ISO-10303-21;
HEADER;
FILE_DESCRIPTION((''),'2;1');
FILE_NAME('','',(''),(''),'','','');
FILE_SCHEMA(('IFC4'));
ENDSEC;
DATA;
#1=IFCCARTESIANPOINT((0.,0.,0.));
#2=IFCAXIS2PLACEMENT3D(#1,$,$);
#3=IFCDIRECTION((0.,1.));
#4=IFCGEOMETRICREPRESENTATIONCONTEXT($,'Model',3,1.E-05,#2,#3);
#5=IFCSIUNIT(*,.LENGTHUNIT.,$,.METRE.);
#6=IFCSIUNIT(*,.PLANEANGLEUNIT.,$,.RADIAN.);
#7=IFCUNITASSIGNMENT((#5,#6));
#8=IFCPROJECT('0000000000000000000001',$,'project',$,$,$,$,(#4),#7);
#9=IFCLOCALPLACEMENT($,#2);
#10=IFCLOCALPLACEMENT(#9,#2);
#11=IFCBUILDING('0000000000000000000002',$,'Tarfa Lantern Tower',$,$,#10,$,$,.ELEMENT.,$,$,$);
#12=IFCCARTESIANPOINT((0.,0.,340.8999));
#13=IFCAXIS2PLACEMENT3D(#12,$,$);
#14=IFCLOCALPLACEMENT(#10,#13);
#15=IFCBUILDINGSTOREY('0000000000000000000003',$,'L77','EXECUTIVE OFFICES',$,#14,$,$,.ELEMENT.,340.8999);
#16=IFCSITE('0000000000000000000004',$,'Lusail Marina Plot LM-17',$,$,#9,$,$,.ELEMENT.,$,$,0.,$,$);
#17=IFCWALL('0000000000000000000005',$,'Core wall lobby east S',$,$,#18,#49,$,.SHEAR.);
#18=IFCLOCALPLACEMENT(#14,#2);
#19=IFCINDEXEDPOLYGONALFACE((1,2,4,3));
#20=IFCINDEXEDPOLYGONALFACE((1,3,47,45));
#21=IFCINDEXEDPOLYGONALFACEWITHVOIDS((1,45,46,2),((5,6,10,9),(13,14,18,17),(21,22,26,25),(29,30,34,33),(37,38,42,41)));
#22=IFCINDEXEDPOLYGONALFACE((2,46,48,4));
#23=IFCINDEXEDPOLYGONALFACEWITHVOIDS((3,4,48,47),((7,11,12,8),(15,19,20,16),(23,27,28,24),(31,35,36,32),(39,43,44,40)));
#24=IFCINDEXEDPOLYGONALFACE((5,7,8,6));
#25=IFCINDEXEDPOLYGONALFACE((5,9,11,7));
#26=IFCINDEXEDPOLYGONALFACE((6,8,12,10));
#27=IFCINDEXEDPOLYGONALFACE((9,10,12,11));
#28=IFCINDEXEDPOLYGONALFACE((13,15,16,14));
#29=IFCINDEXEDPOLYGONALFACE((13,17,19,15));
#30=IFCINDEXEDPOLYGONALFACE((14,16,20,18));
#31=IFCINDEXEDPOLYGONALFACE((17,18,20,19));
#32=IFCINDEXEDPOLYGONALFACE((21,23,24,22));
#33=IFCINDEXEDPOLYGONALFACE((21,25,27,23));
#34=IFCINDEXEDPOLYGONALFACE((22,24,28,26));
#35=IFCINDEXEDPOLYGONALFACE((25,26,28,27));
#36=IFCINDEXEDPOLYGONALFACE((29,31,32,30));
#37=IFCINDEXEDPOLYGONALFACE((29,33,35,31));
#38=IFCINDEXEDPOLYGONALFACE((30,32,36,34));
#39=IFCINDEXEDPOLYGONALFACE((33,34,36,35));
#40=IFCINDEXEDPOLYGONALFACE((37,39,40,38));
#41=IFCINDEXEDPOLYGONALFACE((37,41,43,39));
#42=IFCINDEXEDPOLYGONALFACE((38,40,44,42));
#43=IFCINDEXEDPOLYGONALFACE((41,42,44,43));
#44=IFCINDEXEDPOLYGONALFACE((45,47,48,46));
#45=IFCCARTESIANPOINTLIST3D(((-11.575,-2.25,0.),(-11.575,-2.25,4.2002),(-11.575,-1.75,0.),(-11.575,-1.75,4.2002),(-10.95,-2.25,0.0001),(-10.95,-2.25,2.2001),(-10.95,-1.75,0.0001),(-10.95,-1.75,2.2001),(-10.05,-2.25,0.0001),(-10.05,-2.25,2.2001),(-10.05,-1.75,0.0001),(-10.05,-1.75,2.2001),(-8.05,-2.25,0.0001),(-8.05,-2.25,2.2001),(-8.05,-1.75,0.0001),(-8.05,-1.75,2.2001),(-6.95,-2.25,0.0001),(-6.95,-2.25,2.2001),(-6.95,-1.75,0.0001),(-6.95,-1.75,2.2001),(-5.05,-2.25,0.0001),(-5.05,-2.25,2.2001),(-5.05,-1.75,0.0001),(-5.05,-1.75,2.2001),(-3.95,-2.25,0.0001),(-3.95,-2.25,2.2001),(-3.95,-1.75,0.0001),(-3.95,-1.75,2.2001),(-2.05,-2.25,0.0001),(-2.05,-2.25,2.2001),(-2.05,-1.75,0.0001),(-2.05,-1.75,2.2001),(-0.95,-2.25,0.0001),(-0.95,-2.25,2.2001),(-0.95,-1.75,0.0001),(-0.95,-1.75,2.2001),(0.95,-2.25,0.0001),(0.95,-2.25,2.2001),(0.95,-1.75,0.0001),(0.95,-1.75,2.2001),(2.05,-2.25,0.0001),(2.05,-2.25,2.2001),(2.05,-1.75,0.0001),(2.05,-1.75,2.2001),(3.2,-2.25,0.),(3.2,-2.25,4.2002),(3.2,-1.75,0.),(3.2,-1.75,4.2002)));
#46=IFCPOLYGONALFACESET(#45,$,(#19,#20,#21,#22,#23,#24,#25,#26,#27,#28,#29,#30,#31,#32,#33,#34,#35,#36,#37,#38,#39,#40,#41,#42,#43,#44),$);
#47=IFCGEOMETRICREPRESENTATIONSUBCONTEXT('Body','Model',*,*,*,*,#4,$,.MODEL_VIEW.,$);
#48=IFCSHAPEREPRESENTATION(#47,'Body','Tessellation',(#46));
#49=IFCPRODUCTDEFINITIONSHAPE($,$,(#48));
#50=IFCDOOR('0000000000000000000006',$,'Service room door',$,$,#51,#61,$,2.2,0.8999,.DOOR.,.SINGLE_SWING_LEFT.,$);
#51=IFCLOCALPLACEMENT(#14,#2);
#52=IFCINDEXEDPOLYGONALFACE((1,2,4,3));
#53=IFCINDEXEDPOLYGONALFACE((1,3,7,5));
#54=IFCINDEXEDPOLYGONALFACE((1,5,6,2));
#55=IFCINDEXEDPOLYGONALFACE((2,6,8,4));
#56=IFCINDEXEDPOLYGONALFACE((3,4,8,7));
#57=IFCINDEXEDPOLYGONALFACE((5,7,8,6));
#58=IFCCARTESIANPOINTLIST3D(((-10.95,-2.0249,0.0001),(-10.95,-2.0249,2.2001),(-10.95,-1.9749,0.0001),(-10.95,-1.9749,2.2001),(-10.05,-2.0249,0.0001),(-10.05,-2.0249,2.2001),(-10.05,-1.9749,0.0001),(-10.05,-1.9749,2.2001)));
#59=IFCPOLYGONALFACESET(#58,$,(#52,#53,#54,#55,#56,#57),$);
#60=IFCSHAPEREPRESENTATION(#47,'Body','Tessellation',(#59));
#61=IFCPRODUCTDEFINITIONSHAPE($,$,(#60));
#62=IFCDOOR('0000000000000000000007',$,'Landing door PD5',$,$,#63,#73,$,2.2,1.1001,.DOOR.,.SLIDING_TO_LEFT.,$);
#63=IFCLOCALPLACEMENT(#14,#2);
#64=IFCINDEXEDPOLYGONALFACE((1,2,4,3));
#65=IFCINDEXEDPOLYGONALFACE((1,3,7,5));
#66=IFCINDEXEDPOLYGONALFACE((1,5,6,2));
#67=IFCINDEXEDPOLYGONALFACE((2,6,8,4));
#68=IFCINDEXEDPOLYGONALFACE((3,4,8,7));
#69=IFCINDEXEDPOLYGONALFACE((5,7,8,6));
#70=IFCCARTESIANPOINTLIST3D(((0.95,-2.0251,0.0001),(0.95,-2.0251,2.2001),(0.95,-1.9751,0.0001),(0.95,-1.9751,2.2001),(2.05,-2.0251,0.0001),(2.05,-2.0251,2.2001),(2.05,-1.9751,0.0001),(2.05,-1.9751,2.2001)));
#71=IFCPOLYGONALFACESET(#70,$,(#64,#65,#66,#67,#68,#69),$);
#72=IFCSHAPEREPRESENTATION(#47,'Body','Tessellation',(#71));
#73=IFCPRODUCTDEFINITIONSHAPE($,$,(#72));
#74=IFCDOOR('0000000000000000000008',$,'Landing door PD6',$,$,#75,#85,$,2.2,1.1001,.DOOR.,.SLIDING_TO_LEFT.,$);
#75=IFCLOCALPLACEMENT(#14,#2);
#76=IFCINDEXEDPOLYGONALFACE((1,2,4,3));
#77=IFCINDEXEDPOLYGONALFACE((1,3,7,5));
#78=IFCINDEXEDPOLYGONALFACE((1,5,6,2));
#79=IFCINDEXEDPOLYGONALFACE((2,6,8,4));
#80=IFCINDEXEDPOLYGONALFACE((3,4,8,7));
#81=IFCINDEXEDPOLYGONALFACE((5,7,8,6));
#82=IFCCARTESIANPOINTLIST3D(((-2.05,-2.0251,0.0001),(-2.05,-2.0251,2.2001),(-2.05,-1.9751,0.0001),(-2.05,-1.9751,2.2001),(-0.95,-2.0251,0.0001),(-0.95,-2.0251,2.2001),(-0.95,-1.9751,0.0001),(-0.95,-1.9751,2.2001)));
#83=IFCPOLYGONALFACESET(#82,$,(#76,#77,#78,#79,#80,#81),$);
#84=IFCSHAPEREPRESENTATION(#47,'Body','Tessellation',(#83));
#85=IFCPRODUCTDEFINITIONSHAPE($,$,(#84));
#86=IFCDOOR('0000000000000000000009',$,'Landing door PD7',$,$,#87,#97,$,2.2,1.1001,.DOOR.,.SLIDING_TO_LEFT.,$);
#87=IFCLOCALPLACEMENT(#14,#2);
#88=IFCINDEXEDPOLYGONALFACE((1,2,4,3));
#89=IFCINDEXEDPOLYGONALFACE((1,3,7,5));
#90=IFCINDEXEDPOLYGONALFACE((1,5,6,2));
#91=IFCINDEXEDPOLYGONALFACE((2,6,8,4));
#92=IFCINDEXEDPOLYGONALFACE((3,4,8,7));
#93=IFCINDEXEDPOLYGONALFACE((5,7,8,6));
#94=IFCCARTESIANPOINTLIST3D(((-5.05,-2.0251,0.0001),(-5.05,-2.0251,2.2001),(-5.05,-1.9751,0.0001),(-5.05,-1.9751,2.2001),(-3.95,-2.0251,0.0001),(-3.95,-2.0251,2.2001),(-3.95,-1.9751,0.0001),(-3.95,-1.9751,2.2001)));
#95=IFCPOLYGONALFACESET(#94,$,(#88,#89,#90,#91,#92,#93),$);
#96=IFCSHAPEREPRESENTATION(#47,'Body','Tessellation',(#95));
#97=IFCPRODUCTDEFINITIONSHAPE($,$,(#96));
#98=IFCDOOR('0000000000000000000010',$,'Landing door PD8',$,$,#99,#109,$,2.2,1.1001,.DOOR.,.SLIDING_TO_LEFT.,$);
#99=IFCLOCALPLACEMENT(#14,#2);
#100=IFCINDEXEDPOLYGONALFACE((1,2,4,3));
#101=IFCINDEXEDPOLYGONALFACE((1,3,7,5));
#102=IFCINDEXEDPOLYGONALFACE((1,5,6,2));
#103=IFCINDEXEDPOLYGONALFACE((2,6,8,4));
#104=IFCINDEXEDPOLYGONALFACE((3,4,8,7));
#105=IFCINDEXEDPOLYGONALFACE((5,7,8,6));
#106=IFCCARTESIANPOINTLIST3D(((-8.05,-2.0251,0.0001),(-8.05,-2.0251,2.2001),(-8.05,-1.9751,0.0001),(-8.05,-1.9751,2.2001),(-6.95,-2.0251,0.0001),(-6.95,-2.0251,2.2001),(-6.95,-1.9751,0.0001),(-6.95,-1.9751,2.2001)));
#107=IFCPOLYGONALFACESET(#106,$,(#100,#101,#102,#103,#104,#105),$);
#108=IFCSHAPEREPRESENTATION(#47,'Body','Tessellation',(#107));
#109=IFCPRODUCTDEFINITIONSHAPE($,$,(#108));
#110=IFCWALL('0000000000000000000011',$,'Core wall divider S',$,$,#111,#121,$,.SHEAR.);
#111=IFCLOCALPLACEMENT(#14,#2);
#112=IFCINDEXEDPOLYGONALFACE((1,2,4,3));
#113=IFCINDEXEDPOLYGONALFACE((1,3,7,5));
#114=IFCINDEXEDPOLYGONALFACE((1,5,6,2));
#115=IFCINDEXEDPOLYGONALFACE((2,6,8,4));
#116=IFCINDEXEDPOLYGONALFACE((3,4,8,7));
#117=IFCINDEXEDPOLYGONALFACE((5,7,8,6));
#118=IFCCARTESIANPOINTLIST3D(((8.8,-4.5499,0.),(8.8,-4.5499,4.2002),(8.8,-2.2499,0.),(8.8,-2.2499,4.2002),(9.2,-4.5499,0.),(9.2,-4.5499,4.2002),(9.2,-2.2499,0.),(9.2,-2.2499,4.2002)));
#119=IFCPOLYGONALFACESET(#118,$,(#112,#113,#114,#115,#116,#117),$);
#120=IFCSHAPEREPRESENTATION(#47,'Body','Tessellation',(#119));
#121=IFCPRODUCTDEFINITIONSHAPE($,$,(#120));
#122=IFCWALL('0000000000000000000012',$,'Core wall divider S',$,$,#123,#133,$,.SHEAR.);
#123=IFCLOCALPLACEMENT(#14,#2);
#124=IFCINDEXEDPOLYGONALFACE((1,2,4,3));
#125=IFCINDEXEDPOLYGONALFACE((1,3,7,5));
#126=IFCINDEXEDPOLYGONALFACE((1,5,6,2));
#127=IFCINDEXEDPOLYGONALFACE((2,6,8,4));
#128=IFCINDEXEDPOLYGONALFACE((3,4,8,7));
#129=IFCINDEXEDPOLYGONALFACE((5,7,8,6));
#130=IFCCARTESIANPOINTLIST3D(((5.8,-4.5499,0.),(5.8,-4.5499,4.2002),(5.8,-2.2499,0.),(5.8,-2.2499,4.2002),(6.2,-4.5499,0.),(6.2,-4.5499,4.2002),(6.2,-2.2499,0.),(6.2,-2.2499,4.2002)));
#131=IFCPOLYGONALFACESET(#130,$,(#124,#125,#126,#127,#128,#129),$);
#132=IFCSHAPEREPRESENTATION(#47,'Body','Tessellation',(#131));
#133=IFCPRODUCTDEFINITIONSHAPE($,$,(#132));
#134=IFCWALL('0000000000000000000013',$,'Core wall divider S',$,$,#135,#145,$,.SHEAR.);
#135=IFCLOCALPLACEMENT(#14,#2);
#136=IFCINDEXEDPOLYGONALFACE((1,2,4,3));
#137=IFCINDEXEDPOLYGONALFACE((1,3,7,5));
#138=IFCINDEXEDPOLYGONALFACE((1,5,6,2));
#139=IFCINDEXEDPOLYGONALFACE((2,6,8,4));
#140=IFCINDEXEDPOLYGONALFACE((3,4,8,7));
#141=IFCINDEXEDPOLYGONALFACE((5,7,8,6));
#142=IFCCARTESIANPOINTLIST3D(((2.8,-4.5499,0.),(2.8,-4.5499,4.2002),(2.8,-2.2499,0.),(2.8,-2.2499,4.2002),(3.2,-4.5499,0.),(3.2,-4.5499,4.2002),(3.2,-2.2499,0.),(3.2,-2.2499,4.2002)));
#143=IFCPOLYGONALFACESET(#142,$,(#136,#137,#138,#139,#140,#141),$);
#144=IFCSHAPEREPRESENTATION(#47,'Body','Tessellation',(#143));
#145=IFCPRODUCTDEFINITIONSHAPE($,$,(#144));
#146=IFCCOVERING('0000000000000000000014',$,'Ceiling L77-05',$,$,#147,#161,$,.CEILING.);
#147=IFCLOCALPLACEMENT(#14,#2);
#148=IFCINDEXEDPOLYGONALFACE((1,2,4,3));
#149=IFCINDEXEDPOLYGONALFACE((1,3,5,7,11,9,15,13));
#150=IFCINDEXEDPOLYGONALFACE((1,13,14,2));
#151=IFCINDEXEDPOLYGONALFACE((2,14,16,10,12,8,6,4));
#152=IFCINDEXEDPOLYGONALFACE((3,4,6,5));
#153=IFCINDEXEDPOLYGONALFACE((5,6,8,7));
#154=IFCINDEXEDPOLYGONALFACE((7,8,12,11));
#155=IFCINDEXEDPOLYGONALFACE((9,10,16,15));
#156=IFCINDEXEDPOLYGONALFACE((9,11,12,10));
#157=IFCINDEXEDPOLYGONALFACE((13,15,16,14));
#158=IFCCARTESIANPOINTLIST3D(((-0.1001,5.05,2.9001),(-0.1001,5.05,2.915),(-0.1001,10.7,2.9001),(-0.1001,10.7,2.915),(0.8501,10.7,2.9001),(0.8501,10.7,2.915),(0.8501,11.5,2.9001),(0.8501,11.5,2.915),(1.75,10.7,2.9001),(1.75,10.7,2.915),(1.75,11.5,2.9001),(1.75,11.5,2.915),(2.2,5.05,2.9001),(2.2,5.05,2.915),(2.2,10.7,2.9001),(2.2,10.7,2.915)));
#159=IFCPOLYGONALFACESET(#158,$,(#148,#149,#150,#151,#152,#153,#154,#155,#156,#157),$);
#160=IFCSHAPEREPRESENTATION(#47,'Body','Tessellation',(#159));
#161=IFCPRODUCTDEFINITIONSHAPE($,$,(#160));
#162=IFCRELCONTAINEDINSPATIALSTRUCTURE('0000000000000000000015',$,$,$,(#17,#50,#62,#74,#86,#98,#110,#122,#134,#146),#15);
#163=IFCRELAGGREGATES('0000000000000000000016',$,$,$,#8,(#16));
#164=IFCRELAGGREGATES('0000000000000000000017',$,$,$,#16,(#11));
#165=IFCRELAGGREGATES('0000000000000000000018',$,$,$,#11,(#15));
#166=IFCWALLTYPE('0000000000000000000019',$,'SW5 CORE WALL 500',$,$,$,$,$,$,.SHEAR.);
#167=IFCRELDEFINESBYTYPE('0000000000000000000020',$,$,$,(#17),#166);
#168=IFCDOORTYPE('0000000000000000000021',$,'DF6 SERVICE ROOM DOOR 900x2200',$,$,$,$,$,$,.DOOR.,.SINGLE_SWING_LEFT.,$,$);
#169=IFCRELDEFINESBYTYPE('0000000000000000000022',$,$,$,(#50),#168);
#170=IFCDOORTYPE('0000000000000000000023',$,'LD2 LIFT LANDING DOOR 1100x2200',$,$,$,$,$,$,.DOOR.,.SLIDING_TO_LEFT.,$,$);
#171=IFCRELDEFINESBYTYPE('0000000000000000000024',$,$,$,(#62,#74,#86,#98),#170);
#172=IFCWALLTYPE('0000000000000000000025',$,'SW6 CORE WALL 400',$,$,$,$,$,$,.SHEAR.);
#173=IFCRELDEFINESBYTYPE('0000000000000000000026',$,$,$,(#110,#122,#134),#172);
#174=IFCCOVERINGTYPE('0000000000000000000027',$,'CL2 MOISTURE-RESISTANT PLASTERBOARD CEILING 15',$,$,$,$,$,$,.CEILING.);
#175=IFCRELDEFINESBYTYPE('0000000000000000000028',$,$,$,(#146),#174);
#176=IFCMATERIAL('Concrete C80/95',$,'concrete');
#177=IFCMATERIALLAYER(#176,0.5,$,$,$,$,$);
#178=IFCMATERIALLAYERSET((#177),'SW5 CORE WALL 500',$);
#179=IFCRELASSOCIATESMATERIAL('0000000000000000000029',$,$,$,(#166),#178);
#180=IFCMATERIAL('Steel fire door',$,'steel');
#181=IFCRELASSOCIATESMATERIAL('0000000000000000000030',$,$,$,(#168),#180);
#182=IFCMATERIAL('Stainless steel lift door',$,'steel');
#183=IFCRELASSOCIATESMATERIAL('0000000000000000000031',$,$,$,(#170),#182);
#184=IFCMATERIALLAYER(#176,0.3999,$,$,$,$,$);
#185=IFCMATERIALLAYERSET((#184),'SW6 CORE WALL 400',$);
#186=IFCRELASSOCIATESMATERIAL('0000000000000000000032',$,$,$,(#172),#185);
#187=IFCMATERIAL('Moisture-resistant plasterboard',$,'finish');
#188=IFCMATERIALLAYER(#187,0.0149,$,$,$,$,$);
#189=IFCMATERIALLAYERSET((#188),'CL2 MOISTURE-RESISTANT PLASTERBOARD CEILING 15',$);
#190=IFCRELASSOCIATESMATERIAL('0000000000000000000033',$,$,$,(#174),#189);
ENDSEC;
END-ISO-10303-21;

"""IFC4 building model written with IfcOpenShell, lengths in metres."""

from ifc_helpers import new_model, si_unit, direction, frame, frame_2d, origin, place, context, subcontext, project, spatial, polyline, rectangle, outline, extrude, material, layer, layer_set, type_object, element, fill, save


model = new_model("IFC4")

# Units and contexts
model_context = context("Model", 3, precision=1e-05, world=origin(), true_north=direction((0.0, 1.0)))
body_context = subcontext(model_context, "Body", "Model", "MODEL_VIEW")
ifc_project = project(units=[si_unit("LENGTHUNIT", "METRE"), si_unit("PLANEANGLEUNIT", "RADIAN")], contexts=[model_context])

# Site, building, storey
site_placement = place(None, origin())
site = spatial("IfcSite", under=ifc_project, at=site_placement, Name="Lusail Marina Plot LM-17", CompositionType="ELEMENT", RefElevation=0.0)
building_placement = place(site_placement, origin())
building = spatial("IfcBuilding", under=site, at=building_placement, Name="Tarfa Lantern Tower", CompositionType="ELEMENT")
storey_placement = place(building_placement, frame((0.0, 0.0, 340.8999)))
storey = spatial("IfcBuildingStorey", under=building, at=storey_placement, Name="L77", Description="EXECUTIVE OFFICES", CompositionType="ELEMENT", Elevation=340.8999)

# Shared definitions
ifc_material_1 = material(Name="Concrete C80/95", Category="concrete")
ifc_layer_1 = layer(ifc_material_1, 0.5)
ifc_layer_set_1 = layer_set([ifc_layer_1], Name="SW5 CORE WALL 500")
wall_type_1 = type_object("IfcWallType", Name="SW5 CORE WALL 500", PredefinedType="SHEAR", material=ifc_layer_set_1)
ifc_material_2 = material(Name="Steel fire door", Category="steel")
door_type_1 = type_object("IfcDoorType", Name="DF6 SERVICE ROOM DOOR 900x2200", OperationType="SINGLE_SWING_LEFT", PredefinedType="DOOR", material=ifc_material_2)

# Wall, openings, doors
wall_1_placement = place(storey_placement, frame((3.2, -2.0, 0.0), z_axis=(0.0, 0.0, 1.0), x_axis=(-1.0, 0.0, 0.0)))
wall_1 = element("IfcWall", 1, at=wall_1_placement, inside=storey, type_object=wall_type_1, Name="Core wall lobby east S", PredefinedType="SHEAR", context=body_context, shape_type="SweptSolid", body=[
    extrude(rectangle(XDim=14.7749, YDim=0.5, at=frame_2d((7.3875, 0.0))), origin(), (0.0, 0.0, 1.0), 4.2002),
])
opening_1_placement = place(wall_1_placement, frame((13.25, 0.0, 0.0)))
opening_1 = element("IfcOpeningElement", 2, at=opening_1_placement, cuts=wall_1, PredefinedType="OPENING", context=body_context, shape_type="SweptSolid", body=[
    extrude(rectangle(XDim=0.8999, YDim=2.2, at=frame_2d((0.45, 1.1001))), frame((0.0, 0.26, 0.0), z_axis=(0.0, -1.0, 0.0), x_axis=(1.0, 0.0, 0.0)), (0.0, 0.0, 1.0), 0.52),
])
opening_2_placement = place(wall_1_placement, frame((1.1499, 0.0, 0.0)))
opening_2 = element("IfcOpeningElement", 3, at=opening_2_placement, cuts=wall_1, PredefinedType="OPENING", context=body_context, shape_type="SweptSolid", body=[
    extrude(rectangle(XDim=1.1001, YDim=2.2, at=frame_2d((0.55, 1.1001))), frame((0.0, 0.26, 0.0), z_axis=(0.0, -1.0, 0.0), x_axis=(1.0, 0.0, 0.0)), (0.0, 0.0, 1.0), 0.52),
])
opening_3_placement = place(wall_1_placement, frame((4.1499, 0.0, 0.0)))
opening_3 = element("IfcOpeningElement", 4, at=opening_3_placement, cuts=wall_1, PredefinedType="OPENING", context=body_context, shape_type="SweptSolid", body=[
    extrude(rectangle(XDim=1.1001, YDim=2.2, at=frame_2d((0.55, 1.1001))), frame((0.0, 0.26, 0.0), z_axis=(0.0, -1.0, 0.0), x_axis=(1.0, 0.0, 0.0)), (0.0, 0.0, 1.0), 0.52),
])
opening_4_placement = place(wall_1_placement, frame((7.1499, 0.0, 0.0)))
opening_4 = element("IfcOpeningElement", 5, at=opening_4_placement, cuts=wall_1, PredefinedType="OPENING", context=body_context, shape_type="SweptSolid", body=[
    extrude(rectangle(XDim=1.1001, YDim=2.2, at=frame_2d((0.55, 1.1001))), frame((0.0, 0.26, 0.0), z_axis=(0.0, -1.0, 0.0), x_axis=(1.0, 0.0, 0.0)), (0.0, 0.0, 1.0), 0.52),
])
opening_5_placement = place(wall_1_placement, frame((10.1499, 0.0, 0.0)))
opening_5 = element("IfcOpeningElement", 6, at=opening_5_placement, cuts=wall_1, PredefinedType="OPENING", context=body_context, shape_type="SweptSolid", body=[
    extrude(rectangle(XDim=1.1001, YDim=2.2, at=frame_2d((0.55, 1.1001))), frame((0.0, 0.26, 0.0), z_axis=(0.0, -1.0, 0.0), x_axis=(1.0, 0.0, 0.0)), (0.0, 0.0, 1.0), 0.52),
])
door_1_placement = place(opening_1_placement, origin())
door_1 = element("IfcDoor", 7, at=door_1_placement, inside=storey, type_object=door_type_1, Name="Service room door", OperationType="SINGLE_SWING_LEFT", OverallHeight=2.2, OverallWidth=0.8999, PredefinedType="DOOR", context=body_context, shape_type="SweptSolid", body=[
    extrude(rectangle(XDim=0.8999, YDim=2.2, at=frame_2d((0.45, 1.1001))), frame((0.0, 0.0249, 0.0), z_axis=(0.0, -1.0, 0.0), x_axis=(1.0, 0.0, 0.0)), (0.0, 0.0, 1.0), 0.05),
])
fill(opening_1, door_1)
ifc_material_3 = material(Name="Stainless steel lift door", Category="steel")
door_type_2 = type_object("IfcDoorType", Name="LD2 LIFT LANDING DOOR 1100x2200", OperationType="SLIDING_TO_LEFT", PredefinedType="DOOR", material=ifc_material_3)
door_2_placement = place(opening_2_placement, frame((1.1001, 0.0, 0.0), z_axis=(0.0, 0.0, 1.0), x_axis=(-1.0, 0.0, 0.0)))
door_2 = element("IfcDoor", 8, at=door_2_placement, inside=storey, type_object=door_type_2, Name="Landing door PD5", OperationType="SLIDING_TO_LEFT", OverallHeight=2.2, OverallWidth=1.1001, PredefinedType="DOOR", context=body_context, shape_type="SweptSolid", body=[
    extrude(rectangle(XDim=1.1001, YDim=2.2, at=frame_2d((0.55, 1.1001))), frame((0.0, 0.0249, 0.0), z_axis=(0.0, -1.0, 0.0), x_axis=(1.0, 0.0, 0.0)), (0.0, 0.0, 1.0), 0.05),
])
fill(opening_2, door_2)
door_3_placement = place(opening_3_placement, frame((1.1001, 0.0, 0.0), z_axis=(0.0, 0.0, 1.0), x_axis=(-1.0, 0.0, 0.0)))
door_3 = element("IfcDoor", 9, at=door_3_placement, inside=storey, type_object=door_type_2, Name="Landing door PD6", OperationType="SLIDING_TO_LEFT", OverallHeight=2.2, OverallWidth=1.1001, PredefinedType="DOOR", context=body_context, shape_type="SweptSolid", body=[
    extrude(rectangle(XDim=1.1001, YDim=2.2, at=frame_2d((0.55, 1.1001))), frame((0.0, 0.0249, 0.0), z_axis=(0.0, -1.0, 0.0), x_axis=(1.0, 0.0, 0.0)), (0.0, 0.0, 1.0), 0.05),
])
fill(opening_3, door_3)
door_4_placement = place(opening_4_placement, frame((1.1001, 0.0, 0.0), z_axis=(0.0, 0.0, 1.0), x_axis=(-1.0, 0.0, 0.0)))
door_4 = element("IfcDoor", 10, at=door_4_placement, inside=storey, type_object=door_type_2, Name="Landing door PD7", OperationType="SLIDING_TO_LEFT", OverallHeight=2.2, OverallWidth=1.1001, PredefinedType="DOOR", context=body_context, shape_type="SweptSolid", body=[
    extrude(rectangle(XDim=1.1001, YDim=2.2, at=frame_2d((0.55, 1.1001))), frame((0.0, 0.0249, 0.0), z_axis=(0.0, -1.0, 0.0), x_axis=(1.0, 0.0, 0.0)), (0.0, 0.0, 1.0), 0.05),
])
fill(opening_4, door_4)
door_5_placement = place(opening_5_placement, frame((1.1001, 0.0, 0.0), z_axis=(0.0, 0.0, 1.0), x_axis=(-1.0, 0.0, 0.0)))
door_5 = element("IfcDoor", 11, at=door_5_placement, inside=storey, type_object=door_type_2, Name="Landing door PD8", OperationType="SLIDING_TO_LEFT", OverallHeight=2.2, OverallWidth=1.1001, PredefinedType="DOOR", context=body_context, shape_type="SweptSolid", body=[
    extrude(rectangle(XDim=1.1001, YDim=2.2, at=frame_2d((0.55, 1.1001))), frame((0.0, 0.0249, 0.0), z_axis=(0.0, -1.0, 0.0), x_axis=(1.0, 0.0, 0.0)), (0.0, 0.0, 1.0), 0.05),
])
fill(opening_5, door_5)

# Walls
ifc_layer_2 = layer(ifc_material_1, 0.3999)
ifc_layer_set_2 = layer_set([ifc_layer_2], Name="SW6 CORE WALL 400")
wall_type_2 = type_object("IfcWallType", Name="SW6 CORE WALL 400", PredefinedType="SHEAR", material=ifc_layer_set_2)
for number, where, z_axis, x_axis, name in (
    (12, (9.0, -2.25, 0.0), (0.0, 0.0, 1.0), (0.0, -1.0, 0.0), "Core wall divider S"),
    (13, (6.0, -2.25, 0.0), (0.0, 0.0, 1.0), (0.0, -1.0, 0.0), "Core wall divider S"),
    (14, (3.0, -2.25, 0.0), (0.0, 0.0, 1.0), (0.0, -1.0, 0.0), "Core wall divider S"),
):
    element("IfcWall", number, at=place(storey_placement, frame(where, z_axis=z_axis, x_axis=x_axis)), inside=storey, type_object=wall_type_2, Name=name, PredefinedType="SHEAR", context=body_context, shape_type="SweptSolid", body=[
        extrude(rectangle(XDim=2.3, YDim=0.3999, at=frame_2d((1.1499, 0.0))), origin(), (0.0, 0.0, 1.0), 4.2002),
    ])

# Covering
ifc_material_4 = material(Name="Moisture-resistant plasterboard", Category="finish")
ifc_layer_3 = layer(ifc_material_4, 0.0149)
ifc_layer_set_3 = layer_set([ifc_layer_3], Name="CL2 MOISTURE-RESISTANT PLASTERBOARD CEILING 15")
covering_type_1 = type_object("IfcCoveringType", Name="CL2 MOISTURE-RESISTANT PLASTERBOARD CEILING 15", PredefinedType="CEILING", material=ifc_layer_set_3)
covering_1_placement = place(storey_placement, frame((0.0, 0.0, 2.9001)))
element("IfcCovering", 15, at=covering_1_placement, inside=storey, type_object=covering_type_1, Name="Ceiling L77-05", PredefinedType="CEILING", context=body_context, shape_type="SweptSolid", body=[
    extrude(outline(polyline([(0.8501, 10.7), (-0.1001, 10.7), (-0.1001, 5.05), (2.2, 5.05), (2.2, 10.7), (1.75, 10.7), (1.75, 11.5), (0.8501, 11.5), (0.8501, 10.7)])), origin(), (0.0, 0.0, 1.0), 0.0149),
])

save(model, "model.ifc")
